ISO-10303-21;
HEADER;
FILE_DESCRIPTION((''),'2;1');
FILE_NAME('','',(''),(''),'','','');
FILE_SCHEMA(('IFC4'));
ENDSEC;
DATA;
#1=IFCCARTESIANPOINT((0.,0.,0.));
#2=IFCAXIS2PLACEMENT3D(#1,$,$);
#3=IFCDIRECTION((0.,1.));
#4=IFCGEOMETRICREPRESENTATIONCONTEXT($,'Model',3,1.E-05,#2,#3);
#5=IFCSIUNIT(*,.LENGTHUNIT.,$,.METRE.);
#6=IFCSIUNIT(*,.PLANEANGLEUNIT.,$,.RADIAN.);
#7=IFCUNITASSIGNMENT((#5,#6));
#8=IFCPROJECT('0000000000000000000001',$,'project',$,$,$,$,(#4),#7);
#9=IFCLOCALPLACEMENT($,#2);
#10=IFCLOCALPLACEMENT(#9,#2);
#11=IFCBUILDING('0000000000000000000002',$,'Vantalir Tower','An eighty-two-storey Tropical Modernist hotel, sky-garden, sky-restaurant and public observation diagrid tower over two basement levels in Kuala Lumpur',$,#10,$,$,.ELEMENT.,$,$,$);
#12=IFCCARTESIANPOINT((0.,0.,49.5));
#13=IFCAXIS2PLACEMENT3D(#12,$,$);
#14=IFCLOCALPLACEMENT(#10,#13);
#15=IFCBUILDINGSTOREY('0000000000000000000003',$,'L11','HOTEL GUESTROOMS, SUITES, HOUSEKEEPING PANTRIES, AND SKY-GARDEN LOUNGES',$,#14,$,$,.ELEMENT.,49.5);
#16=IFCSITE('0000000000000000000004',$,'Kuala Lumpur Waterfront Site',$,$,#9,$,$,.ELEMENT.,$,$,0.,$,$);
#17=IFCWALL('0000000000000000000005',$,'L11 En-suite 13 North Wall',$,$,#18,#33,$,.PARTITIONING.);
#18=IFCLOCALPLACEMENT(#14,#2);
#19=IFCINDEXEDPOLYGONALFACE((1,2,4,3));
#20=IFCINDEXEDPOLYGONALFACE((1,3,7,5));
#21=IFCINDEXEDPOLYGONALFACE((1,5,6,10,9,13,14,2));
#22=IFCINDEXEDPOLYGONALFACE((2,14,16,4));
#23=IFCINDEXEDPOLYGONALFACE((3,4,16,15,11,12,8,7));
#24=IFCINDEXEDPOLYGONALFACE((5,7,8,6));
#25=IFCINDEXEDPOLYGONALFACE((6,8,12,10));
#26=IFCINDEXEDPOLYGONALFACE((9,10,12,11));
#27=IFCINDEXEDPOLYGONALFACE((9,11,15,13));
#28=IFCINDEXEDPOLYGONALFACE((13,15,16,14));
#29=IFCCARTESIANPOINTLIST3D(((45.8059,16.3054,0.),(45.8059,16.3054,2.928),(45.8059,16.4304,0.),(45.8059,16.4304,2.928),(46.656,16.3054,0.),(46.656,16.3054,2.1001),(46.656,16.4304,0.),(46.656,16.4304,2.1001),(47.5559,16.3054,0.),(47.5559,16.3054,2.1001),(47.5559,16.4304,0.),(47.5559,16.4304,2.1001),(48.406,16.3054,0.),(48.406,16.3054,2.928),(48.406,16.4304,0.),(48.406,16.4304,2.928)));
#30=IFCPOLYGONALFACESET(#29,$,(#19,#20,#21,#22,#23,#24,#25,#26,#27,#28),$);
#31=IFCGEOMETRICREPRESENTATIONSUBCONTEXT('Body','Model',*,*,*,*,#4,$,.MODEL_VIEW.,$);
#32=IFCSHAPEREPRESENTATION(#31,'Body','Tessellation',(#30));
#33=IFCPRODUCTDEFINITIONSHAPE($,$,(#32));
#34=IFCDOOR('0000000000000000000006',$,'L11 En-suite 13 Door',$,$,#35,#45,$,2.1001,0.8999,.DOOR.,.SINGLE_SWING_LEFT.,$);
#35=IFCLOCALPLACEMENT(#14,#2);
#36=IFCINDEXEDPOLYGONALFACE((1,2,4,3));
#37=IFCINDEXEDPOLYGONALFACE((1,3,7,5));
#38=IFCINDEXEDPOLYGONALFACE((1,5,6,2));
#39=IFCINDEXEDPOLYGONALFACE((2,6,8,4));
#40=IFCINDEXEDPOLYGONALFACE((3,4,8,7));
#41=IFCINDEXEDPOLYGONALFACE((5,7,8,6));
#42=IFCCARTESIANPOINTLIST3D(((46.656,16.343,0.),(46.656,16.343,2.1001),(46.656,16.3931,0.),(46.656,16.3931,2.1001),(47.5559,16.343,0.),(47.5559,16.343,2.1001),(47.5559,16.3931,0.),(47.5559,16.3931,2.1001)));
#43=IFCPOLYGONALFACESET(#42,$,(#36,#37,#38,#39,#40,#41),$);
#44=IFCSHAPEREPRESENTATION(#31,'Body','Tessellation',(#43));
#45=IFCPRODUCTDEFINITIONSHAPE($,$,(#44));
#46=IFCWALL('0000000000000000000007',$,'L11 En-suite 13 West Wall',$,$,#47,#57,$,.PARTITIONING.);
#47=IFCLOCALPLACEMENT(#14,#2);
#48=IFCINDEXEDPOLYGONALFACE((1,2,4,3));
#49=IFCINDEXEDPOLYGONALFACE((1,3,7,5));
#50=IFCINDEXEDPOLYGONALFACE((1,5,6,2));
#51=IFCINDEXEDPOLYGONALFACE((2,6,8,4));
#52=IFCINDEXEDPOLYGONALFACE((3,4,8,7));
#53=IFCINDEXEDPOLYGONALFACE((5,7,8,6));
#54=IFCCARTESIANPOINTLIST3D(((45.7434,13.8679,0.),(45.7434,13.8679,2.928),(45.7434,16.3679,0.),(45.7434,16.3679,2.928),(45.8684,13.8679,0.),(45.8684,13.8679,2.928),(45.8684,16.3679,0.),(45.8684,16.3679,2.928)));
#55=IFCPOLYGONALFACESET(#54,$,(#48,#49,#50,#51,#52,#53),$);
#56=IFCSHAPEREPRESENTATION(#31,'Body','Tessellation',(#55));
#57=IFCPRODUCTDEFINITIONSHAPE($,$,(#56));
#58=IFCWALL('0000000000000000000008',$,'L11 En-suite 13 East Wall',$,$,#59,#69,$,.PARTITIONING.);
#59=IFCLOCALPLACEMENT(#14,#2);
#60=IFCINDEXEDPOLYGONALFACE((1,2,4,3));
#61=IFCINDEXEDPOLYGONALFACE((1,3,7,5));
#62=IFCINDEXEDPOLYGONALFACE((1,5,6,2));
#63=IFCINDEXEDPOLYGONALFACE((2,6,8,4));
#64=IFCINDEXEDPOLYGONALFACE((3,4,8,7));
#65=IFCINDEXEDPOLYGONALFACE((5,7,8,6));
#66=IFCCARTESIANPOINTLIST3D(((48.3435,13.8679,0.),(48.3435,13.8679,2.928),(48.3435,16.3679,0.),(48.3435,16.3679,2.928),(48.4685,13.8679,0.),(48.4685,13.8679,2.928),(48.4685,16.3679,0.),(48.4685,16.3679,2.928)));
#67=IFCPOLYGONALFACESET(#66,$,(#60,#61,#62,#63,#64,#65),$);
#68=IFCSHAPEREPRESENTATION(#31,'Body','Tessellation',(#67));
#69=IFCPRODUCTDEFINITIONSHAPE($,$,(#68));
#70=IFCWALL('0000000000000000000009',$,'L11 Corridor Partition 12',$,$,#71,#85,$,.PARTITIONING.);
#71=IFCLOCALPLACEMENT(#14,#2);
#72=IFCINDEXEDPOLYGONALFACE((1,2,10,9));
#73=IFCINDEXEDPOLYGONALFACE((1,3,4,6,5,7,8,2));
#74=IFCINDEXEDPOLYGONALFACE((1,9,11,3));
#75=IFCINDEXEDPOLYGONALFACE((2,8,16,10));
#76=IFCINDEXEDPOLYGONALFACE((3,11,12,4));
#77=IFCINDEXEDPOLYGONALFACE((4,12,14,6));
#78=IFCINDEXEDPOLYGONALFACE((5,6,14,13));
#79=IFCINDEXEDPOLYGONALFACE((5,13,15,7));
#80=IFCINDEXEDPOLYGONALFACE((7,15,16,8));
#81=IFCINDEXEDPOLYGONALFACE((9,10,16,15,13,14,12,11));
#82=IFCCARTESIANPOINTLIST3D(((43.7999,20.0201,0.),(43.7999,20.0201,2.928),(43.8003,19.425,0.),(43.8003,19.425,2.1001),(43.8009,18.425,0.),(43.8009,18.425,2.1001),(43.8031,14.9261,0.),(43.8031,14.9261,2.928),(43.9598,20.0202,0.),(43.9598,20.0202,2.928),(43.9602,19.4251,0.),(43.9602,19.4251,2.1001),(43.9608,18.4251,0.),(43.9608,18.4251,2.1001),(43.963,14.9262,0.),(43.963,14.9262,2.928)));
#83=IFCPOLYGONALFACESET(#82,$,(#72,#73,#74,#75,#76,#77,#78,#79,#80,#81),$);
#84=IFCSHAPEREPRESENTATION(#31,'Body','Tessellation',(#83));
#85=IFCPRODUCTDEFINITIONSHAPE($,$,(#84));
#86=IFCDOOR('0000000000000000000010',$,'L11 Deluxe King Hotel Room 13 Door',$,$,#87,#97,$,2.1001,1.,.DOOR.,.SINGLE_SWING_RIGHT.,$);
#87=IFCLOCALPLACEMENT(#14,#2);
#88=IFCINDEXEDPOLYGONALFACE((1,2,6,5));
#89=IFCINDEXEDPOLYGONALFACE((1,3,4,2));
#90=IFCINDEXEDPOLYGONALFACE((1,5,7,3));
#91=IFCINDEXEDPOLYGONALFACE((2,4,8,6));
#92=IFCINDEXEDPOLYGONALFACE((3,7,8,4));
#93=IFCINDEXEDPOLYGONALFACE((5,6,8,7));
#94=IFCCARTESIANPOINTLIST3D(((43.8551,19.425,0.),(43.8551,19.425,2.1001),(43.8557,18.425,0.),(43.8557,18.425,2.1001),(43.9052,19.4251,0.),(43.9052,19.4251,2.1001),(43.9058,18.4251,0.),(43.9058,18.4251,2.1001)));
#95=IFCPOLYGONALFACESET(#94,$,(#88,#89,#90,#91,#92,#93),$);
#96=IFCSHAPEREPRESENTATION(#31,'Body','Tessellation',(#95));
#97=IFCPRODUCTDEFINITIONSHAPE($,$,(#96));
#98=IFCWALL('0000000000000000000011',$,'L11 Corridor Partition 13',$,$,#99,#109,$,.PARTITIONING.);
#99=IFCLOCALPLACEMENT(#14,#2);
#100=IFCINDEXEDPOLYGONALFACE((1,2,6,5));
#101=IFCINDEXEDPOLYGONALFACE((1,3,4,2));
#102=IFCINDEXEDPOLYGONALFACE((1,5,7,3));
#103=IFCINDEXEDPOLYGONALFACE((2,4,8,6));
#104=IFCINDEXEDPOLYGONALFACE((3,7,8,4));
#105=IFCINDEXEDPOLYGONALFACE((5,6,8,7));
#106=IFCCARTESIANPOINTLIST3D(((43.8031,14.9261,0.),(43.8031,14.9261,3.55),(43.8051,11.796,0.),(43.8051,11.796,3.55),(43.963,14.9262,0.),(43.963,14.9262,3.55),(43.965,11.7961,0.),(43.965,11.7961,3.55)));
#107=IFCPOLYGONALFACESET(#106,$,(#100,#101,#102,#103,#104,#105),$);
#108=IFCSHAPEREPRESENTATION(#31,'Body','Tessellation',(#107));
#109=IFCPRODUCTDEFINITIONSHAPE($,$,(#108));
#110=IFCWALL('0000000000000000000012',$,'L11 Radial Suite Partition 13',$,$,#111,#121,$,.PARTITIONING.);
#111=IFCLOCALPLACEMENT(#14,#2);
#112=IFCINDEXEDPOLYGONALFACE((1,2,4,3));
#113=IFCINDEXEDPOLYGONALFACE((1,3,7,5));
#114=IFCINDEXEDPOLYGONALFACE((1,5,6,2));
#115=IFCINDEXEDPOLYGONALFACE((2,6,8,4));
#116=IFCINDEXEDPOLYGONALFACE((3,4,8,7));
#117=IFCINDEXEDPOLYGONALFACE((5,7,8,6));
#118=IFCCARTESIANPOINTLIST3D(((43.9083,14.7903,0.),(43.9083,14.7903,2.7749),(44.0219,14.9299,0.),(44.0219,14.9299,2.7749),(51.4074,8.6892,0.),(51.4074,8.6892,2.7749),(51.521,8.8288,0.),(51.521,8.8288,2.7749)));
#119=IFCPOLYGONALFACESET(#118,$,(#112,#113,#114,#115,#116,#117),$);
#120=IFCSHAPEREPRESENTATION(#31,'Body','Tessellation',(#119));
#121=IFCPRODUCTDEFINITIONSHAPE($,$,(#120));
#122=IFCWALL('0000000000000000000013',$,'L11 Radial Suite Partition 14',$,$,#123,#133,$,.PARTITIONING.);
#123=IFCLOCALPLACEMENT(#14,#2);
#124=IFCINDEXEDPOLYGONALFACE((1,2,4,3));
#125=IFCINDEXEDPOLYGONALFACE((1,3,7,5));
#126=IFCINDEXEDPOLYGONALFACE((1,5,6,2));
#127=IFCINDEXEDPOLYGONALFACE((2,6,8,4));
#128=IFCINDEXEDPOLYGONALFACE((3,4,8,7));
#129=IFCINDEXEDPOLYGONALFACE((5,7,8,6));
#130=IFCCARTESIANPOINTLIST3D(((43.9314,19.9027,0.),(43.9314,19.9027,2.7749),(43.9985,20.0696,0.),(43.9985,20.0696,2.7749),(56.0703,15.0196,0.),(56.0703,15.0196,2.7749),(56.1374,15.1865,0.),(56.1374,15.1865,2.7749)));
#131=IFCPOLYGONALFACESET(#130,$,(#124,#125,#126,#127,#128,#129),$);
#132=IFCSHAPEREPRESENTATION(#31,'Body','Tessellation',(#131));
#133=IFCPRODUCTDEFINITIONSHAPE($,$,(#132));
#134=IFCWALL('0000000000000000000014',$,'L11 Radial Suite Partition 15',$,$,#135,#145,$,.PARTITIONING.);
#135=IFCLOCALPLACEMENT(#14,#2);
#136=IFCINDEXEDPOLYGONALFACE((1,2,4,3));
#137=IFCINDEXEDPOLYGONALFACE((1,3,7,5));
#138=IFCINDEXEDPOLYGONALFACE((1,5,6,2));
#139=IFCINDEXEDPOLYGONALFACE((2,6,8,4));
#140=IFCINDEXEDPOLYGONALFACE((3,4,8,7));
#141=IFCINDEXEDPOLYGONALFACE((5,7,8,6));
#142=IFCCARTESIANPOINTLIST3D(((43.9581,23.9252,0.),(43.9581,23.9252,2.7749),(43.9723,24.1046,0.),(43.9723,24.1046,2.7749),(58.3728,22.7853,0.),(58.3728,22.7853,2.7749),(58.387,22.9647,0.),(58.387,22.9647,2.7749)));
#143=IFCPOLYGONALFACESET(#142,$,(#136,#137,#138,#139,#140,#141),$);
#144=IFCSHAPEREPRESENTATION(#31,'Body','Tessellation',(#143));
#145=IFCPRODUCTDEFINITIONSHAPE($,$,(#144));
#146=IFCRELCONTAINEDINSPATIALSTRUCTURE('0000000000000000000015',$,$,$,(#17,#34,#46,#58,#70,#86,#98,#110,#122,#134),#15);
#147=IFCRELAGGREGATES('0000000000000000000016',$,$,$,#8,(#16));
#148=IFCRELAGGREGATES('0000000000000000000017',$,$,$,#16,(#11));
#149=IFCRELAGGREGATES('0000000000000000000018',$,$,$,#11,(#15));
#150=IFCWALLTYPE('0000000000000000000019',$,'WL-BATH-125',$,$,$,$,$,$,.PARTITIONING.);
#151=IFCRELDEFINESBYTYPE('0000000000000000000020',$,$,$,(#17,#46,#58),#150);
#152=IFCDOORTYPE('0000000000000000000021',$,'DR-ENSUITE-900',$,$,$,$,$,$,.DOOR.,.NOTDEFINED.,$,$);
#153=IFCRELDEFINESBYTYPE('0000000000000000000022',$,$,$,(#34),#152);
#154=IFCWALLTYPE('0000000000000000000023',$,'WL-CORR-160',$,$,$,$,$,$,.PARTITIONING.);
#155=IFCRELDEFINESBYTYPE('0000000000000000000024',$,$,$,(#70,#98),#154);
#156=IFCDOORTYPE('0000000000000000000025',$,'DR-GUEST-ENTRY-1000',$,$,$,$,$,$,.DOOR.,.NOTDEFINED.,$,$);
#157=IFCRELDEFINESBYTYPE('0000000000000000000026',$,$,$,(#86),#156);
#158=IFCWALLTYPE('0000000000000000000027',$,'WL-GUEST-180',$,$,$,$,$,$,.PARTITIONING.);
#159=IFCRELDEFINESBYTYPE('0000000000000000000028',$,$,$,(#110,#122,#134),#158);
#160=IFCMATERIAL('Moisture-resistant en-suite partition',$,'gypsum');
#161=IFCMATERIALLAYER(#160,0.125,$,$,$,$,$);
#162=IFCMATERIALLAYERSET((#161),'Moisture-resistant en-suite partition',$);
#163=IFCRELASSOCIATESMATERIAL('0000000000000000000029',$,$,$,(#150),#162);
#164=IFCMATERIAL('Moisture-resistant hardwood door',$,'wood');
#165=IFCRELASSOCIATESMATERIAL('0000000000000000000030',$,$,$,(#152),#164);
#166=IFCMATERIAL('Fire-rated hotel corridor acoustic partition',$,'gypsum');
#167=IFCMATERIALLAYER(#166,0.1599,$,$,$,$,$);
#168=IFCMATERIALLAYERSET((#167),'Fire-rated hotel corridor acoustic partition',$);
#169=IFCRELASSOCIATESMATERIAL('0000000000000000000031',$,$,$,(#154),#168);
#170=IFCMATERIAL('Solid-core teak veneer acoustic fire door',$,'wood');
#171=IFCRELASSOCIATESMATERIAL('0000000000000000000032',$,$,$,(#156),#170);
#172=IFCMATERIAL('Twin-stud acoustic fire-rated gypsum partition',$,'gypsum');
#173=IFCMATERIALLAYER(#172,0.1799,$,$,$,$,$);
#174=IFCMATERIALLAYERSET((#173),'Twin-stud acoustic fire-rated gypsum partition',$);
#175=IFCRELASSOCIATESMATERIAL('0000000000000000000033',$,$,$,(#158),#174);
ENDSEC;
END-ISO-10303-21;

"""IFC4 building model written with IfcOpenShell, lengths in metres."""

from ifc_helpers import new_model, si_unit, direction, frame, frame_2d, origin, place, context, subcontext, project, spatial, rectangle, extrude, material, layer, layer_set, type_object, element, fill, save


model = new_model("IFC4")

# Units and contexts
model_context = context("Model", 3, precision=1e-05, world=origin(), true_north=direction((0.0, 1.0)))
body_context = subcontext(model_context, "Body", "Model", "MODEL_VIEW")
ifc_project = project(units=[si_unit("LENGTHUNIT", "METRE"), si_unit("PLANEANGLEUNIT", "RADIAN")], contexts=[model_context])

# Site, building, storey
site_placement = place(None, origin())
site = spatial("IfcSite", under=ifc_project, at=site_placement, Name="Kuala Lumpur Waterfront Site", CompositionType="ELEMENT", RefElevation=0.0)
building_placement = place(site_placement, origin())
building = spatial("IfcBuilding", under=site, at=building_placement, Name="Vantalir Tower", Description="An eighty-two-storey Tropical Modernist hotel, sky-garden, sky-restaurant and public observation diagrid tower over two basement levels in Kuala Lumpur", CompositionType="ELEMENT")
storey_placement = place(building_placement, frame((0.0, 0.0, 49.5)))
storey = spatial("IfcBuildingStorey", under=building, at=storey_placement, Name="L11", Description="HOTEL GUESTROOMS, SUITES, HOUSEKEEPING PANTRIES, AND SKY-GARDEN LOUNGES", CompositionType="ELEMENT", Elevation=49.5)

# Shared definitions
ifc_material_1 = material(Name="Moisture-resistant en-suite partition", Category="gypsum")
ifc_layer_1 = layer(ifc_material_1, 0.125)
ifc_layer_set_1 = layer_set([ifc_layer_1], Name="Moisture-resistant en-suite partition")
wall_type_1 = type_object("IfcWallType", Name="WL-BATH-125", PredefinedType="PARTITIONING", material=ifc_layer_set_1)

# Wall, opening, door
wall_1_placement = place(storey_placement, frame((45.8059, 16.3679, 0.0), z_axis=(0.0, 0.0, 1.0), x_axis=(1.0, 0.0, 0.0)))
wall_1 = element("IfcWall", 1, at=wall_1_placement, inside=storey, type_object=wall_type_1, Name="L11 En-suite 13 North Wall", PredefinedType="PARTITIONING", context=body_context, shape_type="SweptSolid", body=[
    extrude(rectangle(XDim=2.6001, YDim=0.125, at=frame_2d((1.3, 0.0))), origin(), (0.0, 0.0, 1.0), 2.928),
])
opening_1_placement = place(wall_1_placement, frame((0.8501, 0.0, 0.0)))
opening_1 = element("IfcOpeningElement", 2, at=opening_1_placement, cuts=wall_1, PredefinedType="OPENING", context=body_context, shape_type="SweptSolid", body=[
    extrude(rectangle(XDim=0.8999, YDim=2.1001, at=frame_2d((0.45, 1.05))), frame((0.0, 0.0725, 0.0), z_axis=(0.0, -1.0, 0.0), x_axis=(1.0, 0.0, 0.0)), (0.0, 0.0, 1.0), 0.145),
])
ifc_material_2 = material(Name="Moisture-resistant hardwood door", Category="wood")
door_type_1 = type_object("IfcDoorType", Name="DR-ENSUITE-900", OperationType="NOTDEFINED", PredefinedType="DOOR", material=ifc_material_2)
door_1_placement = place(opening_1_placement, frame((0.8999, 0.0, 0.0), z_axis=(0.0, 0.0, 1.0), x_axis=(-1.0, 0.0, 0.0)))
door_1 = element("IfcDoor", 3, at=door_1_placement, inside=storey, type_object=door_type_1, Name="L11 En-suite 13 Door", OperationType="SINGLE_SWING_LEFT", OverallHeight=2.1001, OverallWidth=0.8999, PredefinedType="DOOR", context=body_context, shape_type="SweptSolid", body=[
    extrude(rectangle(XDim=0.8999, YDim=2.1001, at=frame_2d((0.45, 1.05))), frame((0.0, 0.0249, 0.0), z_axis=(0.0, -1.0, 0.0), x_axis=(1.0, 0.0, 0.0)), (0.0, 0.0, 1.0), 0.05),
])
fill(opening_1, door_1)

# Walls
for number, where, z_axis, x_axis, name in (
    (4, (45.8059, 13.8679, 0.0), (0.0, 0.0, 1.0), (0.0, 1.0, 0.0), "L11 En-suite 13 West Wall"),
    (5, (48.406, 13.8679, 0.0), (0.0, 0.0, 1.0), (0.0, 1.0, 0.0), "L11 En-suite 13 East Wall"),
):
    element("IfcWall", number, at=place(storey_placement, frame(where, z_axis=z_axis, x_axis=x_axis)), inside=storey, type_object=wall_type_1, Name=name, PredefinedType="PARTITIONING", context=body_context, shape_type="SweptSolid", body=[
        extrude(rectangle(XDim=2.5, YDim=0.125, at=frame_2d((1.25, 0.0))), origin(), (0.0, 0.0, 1.0), 2.928),
    ])

# Wall, opening, door
ifc_material_3 = material(Name="Fire-rated hotel corridor acoustic partition", Category="gypsum")
ifc_layer_2 = layer(ifc_material_3, 0.1599)
ifc_layer_set_2 = layer_set([ifc_layer_2], Name="Fire-rated hotel corridor acoustic partition")
wall_type_2 = type_object("IfcWallType", Name="WL-CORR-160", PredefinedType="PARTITIONING", material=ifc_layer_set_2)
wall_2_placement = place(storey_placement, frame((43.8799, 20.02, 0.0), z_axis=(0.0, 0.0, 1.0), x_axis=(0.000623, -1.0, 0.0)))
wall_2 = element("IfcWall", 6, at=wall_2_placement, inside=storey, type_object=wall_type_2, Name="L11 Corridor Partition 12", PredefinedType="PARTITIONING", context=body_context, shape_type="SweptSolid", body=[
    extrude(rectangle(XDim=5.094, YDim=0.1599, at=frame_2d((2.5469, 0.0))), origin(), (0.0, 0.0, 1.0), 2.928),
])
opening_2_placement = place(wall_2_placement, frame((0.595, 0.0, 0.0)))
opening_2 = element("IfcOpeningElement", 7, at=opening_2_placement, cuts=wall_2, PredefinedType="OPENING", context=body_context, shape_type="SweptSolid", body=[
    extrude(rectangle(XDim=1.0, YDim=2.1001, at=frame_2d((0.5, 1.05))), frame((0.0, 0.0898, 0.0), z_axis=(0.0, -1.0, 0.0), x_axis=(1.0, 0.0, 0.0)), (0.0, 0.0, 1.0), 0.1799),
])
ifc_material_4 = material(Name="Solid-core teak veneer acoustic fire door", Category="wood")
door_type_2 = type_object("IfcDoorType", Name="DR-GUEST-ENTRY-1000", OperationType="NOTDEFINED", PredefinedType="DOOR", material=ifc_material_4)
door_2_placement = place(opening_2_placement, origin())
door_2 = element("IfcDoor", 8, at=door_2_placement, inside=storey, type_object=door_type_2, Name="L11 Deluxe King Hotel Room 13 Door", OperationType="SINGLE_SWING_RIGHT", OverallHeight=2.1001, OverallWidth=1.0, PredefinedType="DOOR", context=body_context, shape_type="SweptSolid", body=[
    extrude(rectangle(XDim=1.0, YDim=2.1001, at=frame_2d((0.5, 1.05))), frame((0.0, 0.0249, 0.0), z_axis=(0.0, -1.0, 0.0), x_axis=(1.0, 0.0, 0.0)), (0.0, 0.0, 1.0), 0.05),
])
fill(opening_2, door_2)

# Walls
wall_3_placement = place(storey_placement, frame((43.8831, 14.926, 0.0), z_axis=(0.0, 0.0, 1.0), x_axis=(0.000624, -1.0, 0.0)))
element("IfcWall", 9, at=wall_3_placement, inside=storey, type_object=wall_type_2, Name="L11 Corridor Partition 13", PredefinedType="PARTITIONING", context=body_context, shape_type="SweptSolid", body=[
    extrude(rectangle(XDim=3.1301, YDim=0.1599, at=frame_2d((1.5649, 0.0))), origin(), (0.0, 0.0, 1.0), 3.55),
])
ifc_material_5 = material(Name="Twin-stud acoustic fire-rated gypsum partition", Category="gypsum")
ifc_layer_3 = layer(ifc_material_5, 0.1799)
ifc_layer_set_3 = layer_set([ifc_layer_3], Name="Twin-stud acoustic fire-rated gypsum partition")
wall_type_3 = type_object("IfcWallType", Name="WL-GUEST-180", PredefinedType="PARTITIONING", material=ifc_layer_set_3)
wall_4_placement = place(storey_placement, frame((43.9651, 14.8601, 0.0), z_axis=(0.0, 0.0, 1.0), x_axis=(0.775703, -0.631098, 0.0)))
element("IfcWall", 10, at=wall_4_placement, inside=storey, type_object=wall_type_3, Name="L11 Radial Suite Partition 13", PredefinedType="PARTITIONING", context=body_context, shape_type="SweptSolid", body=[
    extrude(rectangle(XDim=9.6675, YDim=0.1799, at=frame_2d((4.8337, 0.0))), origin(), (0.0, 0.0, 1.0), 2.7749),
])
wall_5_placement = place(storey_placement, frame((43.9651, 19.9861, 0.0), z_axis=(0.0, 0.0, 1.0), x_axis=(0.92775, -0.373201, 0.0)))
element("IfcWall", 11, at=wall_5_placement, inside=storey, type_object=wall_type_3, Name="L11 Radial Suite Partition 14", PredefinedType="PARTITIONING", context=body_context, shape_type="SweptSolid", body=[
    extrude(rectangle(XDim=13.0842, YDim=0.1799, at=frame_2d((6.542, 0.0))), origin(), (0.0, 0.0, 1.0), 2.7749),
])
wall_6_placement = place(storey_placement, frame((43.9651, 24.0149, 0.0), z_axis=(0.0, 0.0, 1.0), x_axis=(0.996888, -0.078832, 0.0)))
element("IfcWall", 12, at=wall_6_placement, inside=storey, type_object=wall_type_3, Name="L11 Radial Suite Partition 15", PredefinedType="PARTITIONING", context=body_context, shape_type="SweptSolid", body=[
    extrude(rectangle(XDim=14.4597, YDim=0.1799, at=frame_2d((7.23, 0.0))), origin(), (0.0, 0.0, 1.0), 2.7749),
])

save(model, "model.ifc")
